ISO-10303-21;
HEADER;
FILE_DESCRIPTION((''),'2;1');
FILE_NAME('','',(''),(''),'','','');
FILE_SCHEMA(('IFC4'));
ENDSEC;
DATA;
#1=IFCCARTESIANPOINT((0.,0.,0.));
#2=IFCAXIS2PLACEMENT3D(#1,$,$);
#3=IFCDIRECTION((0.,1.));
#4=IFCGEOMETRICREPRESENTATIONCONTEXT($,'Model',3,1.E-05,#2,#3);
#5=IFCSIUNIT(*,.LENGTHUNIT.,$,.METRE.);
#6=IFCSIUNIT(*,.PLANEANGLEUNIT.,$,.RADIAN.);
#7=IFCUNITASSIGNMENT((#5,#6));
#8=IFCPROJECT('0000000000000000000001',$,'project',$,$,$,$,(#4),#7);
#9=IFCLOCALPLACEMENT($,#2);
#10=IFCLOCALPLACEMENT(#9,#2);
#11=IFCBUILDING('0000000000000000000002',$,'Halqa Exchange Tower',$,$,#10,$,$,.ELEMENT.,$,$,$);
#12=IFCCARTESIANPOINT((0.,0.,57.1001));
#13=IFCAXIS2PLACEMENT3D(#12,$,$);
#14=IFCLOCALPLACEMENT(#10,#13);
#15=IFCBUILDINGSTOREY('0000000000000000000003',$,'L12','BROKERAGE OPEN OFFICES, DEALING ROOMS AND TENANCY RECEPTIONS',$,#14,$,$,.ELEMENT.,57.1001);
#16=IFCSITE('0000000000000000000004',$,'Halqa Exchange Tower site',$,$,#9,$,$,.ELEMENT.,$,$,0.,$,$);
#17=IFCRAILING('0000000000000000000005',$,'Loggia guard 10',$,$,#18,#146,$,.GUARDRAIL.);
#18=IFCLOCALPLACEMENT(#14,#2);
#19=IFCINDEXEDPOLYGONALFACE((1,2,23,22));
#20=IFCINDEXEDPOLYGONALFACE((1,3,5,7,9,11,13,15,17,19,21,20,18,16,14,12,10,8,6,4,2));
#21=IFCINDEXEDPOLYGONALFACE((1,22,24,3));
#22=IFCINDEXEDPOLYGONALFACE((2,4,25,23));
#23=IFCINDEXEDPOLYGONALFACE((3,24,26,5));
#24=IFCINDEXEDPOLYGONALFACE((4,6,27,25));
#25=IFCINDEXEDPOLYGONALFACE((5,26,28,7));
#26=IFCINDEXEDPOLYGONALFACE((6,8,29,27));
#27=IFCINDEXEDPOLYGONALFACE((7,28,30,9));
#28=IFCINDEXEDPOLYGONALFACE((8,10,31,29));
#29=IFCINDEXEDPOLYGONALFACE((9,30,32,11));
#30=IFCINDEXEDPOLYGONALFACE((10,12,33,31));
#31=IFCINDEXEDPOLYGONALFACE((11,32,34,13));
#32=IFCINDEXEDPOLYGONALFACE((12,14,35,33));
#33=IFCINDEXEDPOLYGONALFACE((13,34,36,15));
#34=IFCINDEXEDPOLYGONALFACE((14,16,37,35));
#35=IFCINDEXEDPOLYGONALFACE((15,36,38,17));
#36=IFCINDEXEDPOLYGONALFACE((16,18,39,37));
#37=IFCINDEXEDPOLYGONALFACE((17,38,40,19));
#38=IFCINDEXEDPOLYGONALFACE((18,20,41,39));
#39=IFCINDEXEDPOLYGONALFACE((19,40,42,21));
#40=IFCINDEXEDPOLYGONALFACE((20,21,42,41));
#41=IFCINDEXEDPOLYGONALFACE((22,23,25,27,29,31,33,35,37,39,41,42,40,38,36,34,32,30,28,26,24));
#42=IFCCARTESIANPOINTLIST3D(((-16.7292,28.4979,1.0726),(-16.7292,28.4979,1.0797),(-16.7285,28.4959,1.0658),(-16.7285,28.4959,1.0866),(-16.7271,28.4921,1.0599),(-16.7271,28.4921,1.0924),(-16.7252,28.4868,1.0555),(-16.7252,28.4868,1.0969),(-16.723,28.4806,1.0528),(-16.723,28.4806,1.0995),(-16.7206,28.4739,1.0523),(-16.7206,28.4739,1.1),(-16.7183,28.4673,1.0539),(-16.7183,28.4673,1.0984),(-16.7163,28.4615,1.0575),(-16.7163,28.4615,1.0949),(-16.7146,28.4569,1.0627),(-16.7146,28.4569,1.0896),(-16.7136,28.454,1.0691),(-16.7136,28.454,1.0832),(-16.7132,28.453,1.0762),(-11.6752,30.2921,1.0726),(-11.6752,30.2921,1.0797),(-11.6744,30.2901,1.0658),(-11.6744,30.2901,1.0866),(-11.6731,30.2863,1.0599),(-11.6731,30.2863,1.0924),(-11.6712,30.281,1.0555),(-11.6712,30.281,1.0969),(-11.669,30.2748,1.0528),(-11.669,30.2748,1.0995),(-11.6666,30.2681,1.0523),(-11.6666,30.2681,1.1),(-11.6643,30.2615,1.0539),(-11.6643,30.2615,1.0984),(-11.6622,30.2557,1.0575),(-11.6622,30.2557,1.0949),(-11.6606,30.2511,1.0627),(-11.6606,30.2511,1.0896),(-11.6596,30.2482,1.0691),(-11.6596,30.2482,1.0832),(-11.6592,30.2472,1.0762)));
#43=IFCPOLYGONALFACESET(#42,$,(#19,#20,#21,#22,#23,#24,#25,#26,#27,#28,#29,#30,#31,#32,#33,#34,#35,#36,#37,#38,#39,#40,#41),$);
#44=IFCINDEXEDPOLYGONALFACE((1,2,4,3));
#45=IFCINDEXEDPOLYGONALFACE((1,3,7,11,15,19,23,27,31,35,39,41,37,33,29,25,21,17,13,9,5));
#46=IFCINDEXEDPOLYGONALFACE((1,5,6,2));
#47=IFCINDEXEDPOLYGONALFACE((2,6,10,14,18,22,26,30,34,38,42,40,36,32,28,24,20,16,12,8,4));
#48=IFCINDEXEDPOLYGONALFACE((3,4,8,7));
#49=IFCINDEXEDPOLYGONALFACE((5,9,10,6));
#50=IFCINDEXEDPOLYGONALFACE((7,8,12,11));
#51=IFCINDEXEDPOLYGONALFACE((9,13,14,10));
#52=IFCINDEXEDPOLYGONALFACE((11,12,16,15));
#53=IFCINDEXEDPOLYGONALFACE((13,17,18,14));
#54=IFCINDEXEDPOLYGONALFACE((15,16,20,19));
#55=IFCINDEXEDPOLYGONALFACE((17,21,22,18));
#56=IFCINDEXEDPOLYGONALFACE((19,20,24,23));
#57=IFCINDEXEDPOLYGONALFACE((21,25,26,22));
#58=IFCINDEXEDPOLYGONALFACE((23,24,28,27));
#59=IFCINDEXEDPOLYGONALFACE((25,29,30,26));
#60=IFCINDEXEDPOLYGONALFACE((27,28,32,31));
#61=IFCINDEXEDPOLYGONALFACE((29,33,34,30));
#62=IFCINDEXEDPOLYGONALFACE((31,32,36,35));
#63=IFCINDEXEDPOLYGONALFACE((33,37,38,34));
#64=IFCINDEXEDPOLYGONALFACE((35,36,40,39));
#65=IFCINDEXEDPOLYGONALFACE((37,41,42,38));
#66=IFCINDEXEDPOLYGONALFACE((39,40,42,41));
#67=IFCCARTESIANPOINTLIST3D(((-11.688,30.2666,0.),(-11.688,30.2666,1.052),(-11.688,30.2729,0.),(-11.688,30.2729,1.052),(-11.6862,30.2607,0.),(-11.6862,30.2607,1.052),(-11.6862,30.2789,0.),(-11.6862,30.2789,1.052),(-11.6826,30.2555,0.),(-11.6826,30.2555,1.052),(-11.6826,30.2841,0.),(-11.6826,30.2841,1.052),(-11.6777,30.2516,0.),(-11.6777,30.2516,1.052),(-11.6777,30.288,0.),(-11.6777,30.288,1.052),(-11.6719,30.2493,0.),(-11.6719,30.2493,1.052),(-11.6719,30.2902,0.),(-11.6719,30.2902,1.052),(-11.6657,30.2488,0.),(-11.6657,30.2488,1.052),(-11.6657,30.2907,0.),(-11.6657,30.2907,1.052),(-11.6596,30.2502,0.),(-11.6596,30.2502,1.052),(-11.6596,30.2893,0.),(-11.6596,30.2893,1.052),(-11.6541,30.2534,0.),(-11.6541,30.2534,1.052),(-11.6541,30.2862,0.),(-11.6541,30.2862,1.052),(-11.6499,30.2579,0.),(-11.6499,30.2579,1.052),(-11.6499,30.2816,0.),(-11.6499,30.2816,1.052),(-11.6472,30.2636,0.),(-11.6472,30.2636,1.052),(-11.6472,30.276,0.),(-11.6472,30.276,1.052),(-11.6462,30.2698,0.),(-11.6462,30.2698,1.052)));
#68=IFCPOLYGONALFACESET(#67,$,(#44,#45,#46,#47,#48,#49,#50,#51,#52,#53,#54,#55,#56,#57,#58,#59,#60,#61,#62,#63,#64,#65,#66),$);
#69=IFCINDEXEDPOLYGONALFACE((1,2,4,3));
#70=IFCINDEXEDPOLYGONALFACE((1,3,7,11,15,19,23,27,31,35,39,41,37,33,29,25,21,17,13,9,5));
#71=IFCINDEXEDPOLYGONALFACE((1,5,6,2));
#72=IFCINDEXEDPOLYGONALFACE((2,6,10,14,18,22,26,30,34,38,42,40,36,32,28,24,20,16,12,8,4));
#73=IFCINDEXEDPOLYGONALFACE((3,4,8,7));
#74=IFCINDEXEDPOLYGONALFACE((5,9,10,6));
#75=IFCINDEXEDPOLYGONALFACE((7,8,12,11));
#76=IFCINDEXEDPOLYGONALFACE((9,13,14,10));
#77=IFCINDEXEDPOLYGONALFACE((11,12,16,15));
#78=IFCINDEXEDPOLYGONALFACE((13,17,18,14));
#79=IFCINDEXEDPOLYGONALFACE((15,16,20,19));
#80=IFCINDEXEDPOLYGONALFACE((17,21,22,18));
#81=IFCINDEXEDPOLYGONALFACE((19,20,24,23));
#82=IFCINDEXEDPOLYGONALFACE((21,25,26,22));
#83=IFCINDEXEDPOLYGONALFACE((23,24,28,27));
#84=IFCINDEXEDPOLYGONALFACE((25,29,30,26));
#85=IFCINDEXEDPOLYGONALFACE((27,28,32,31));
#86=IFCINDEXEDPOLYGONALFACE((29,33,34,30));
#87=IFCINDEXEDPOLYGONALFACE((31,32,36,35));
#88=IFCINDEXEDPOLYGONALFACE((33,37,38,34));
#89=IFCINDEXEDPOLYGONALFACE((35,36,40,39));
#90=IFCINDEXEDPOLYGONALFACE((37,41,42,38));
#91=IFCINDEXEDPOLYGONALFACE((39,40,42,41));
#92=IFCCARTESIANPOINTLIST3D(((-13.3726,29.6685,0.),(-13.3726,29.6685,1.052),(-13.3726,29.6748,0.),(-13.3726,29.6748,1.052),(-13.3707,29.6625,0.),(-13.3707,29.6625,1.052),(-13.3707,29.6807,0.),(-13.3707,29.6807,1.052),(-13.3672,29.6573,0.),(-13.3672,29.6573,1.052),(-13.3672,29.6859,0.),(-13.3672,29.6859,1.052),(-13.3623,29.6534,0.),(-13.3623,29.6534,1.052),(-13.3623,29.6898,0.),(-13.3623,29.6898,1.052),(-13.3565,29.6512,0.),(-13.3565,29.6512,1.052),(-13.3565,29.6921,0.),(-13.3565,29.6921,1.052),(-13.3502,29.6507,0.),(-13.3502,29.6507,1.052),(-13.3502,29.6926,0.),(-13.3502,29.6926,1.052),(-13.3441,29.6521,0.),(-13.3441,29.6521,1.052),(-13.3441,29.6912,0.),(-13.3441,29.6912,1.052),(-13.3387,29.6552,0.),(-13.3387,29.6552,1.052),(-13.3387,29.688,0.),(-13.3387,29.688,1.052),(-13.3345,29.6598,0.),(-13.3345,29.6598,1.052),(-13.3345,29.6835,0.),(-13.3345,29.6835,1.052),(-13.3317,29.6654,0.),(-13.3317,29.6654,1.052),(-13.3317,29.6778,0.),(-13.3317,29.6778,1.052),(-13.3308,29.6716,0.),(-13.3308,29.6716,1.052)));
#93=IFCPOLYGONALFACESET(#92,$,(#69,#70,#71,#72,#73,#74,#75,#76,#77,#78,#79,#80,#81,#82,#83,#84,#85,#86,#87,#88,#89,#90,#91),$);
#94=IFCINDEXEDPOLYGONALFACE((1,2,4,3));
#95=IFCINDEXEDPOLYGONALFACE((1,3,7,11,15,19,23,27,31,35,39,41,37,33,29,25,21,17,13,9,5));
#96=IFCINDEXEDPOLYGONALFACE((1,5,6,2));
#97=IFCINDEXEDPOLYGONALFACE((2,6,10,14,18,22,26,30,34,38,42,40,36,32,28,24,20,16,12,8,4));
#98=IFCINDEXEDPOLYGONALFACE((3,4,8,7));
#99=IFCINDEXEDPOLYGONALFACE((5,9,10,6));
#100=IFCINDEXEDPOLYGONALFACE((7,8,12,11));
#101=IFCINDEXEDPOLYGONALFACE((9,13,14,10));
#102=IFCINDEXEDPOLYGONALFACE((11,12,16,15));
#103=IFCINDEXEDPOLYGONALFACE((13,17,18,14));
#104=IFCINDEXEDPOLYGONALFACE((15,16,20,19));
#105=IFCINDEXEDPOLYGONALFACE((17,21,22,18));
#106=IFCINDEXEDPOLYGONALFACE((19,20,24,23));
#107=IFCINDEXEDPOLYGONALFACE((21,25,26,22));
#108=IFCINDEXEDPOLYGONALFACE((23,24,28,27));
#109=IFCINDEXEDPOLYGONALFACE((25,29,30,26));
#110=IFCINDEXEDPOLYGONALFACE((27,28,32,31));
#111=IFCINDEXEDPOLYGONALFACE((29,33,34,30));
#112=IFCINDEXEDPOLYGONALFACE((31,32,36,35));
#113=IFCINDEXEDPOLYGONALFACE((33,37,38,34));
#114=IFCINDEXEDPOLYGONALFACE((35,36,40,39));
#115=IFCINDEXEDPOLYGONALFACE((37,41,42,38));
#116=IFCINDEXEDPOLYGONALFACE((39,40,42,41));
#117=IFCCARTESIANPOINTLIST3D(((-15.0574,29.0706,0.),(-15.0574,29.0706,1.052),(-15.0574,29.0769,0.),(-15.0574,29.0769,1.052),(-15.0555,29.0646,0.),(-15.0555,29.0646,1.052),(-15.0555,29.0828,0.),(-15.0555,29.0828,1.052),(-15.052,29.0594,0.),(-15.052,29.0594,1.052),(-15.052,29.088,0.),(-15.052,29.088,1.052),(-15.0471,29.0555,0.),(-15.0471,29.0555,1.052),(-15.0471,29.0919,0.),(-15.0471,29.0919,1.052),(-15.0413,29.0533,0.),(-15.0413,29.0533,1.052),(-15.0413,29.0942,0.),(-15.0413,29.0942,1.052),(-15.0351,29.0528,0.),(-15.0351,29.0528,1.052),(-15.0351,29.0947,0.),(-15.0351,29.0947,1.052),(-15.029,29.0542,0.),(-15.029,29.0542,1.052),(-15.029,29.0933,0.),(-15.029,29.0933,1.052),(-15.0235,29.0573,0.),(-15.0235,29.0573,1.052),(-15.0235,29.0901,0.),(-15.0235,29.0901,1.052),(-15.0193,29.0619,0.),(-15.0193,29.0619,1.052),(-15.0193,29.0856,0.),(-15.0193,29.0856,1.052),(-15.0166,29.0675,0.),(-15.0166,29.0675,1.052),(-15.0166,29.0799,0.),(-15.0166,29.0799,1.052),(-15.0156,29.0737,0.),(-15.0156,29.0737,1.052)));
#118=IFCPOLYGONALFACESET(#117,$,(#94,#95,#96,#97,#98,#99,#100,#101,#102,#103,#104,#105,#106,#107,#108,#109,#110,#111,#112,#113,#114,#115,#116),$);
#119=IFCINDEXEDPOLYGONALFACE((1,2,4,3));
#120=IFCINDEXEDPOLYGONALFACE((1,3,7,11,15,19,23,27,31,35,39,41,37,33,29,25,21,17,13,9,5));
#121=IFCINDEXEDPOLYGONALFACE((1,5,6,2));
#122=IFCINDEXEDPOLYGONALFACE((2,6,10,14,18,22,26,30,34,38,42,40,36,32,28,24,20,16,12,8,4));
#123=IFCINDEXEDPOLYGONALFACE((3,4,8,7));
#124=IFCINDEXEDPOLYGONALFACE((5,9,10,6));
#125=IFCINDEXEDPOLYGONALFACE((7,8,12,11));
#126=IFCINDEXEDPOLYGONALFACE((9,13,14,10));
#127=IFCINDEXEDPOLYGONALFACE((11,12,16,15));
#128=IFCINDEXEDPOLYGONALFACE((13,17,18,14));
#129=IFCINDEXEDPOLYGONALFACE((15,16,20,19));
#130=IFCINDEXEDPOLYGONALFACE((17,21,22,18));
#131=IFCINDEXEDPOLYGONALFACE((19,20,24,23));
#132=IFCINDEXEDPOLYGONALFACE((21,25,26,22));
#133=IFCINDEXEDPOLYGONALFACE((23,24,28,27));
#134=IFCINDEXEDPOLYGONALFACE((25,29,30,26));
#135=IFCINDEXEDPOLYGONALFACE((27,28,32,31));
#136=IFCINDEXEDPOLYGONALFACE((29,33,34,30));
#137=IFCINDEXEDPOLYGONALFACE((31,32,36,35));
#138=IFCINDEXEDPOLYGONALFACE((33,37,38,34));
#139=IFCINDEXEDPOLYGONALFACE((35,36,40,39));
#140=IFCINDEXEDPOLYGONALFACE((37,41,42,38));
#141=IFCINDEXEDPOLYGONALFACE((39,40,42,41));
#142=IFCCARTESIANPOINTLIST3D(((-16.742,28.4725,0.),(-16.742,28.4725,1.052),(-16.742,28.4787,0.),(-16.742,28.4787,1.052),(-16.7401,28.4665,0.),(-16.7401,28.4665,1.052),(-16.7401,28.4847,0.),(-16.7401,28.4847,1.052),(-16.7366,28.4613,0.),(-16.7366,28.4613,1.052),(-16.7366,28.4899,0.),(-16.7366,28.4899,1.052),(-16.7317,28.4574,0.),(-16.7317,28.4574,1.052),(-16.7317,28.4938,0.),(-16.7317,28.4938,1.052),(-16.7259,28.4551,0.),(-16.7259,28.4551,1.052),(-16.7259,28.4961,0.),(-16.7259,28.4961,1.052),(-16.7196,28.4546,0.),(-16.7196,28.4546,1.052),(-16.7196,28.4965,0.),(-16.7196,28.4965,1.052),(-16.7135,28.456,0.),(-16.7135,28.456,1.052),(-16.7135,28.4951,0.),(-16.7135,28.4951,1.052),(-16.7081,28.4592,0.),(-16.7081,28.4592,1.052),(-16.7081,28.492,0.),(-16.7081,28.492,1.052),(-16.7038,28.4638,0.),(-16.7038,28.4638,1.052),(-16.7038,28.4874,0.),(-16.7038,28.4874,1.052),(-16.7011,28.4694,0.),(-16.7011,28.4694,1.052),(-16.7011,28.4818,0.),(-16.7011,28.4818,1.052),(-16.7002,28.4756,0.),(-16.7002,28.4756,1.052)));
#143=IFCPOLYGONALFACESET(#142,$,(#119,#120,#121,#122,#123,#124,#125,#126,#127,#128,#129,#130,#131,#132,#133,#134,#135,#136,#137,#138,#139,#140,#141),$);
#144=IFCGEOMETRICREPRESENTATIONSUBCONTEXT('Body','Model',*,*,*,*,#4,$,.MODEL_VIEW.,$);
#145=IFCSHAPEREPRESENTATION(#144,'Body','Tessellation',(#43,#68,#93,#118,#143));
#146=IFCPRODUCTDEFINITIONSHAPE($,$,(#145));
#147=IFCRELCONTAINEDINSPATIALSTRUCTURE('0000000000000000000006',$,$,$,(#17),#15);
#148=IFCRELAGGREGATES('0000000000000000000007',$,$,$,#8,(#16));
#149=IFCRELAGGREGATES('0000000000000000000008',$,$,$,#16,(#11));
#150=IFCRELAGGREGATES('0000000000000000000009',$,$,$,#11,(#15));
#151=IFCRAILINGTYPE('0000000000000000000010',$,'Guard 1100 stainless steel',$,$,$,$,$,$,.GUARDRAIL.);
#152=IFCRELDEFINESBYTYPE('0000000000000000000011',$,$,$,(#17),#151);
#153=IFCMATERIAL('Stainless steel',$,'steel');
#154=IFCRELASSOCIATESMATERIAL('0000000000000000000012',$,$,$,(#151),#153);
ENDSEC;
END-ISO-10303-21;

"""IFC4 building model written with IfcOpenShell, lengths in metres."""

from ifc_helpers import new_model, si_unit, direction, frame, origin, origin_2d, place, context, subcontext, project, spatial, circle, extrude, material, type_object, element, save


model = new_model("IFC4")

# Units and contexts
model_context = context("Model", 3, precision=1e-05, world=origin(), true_north=direction((0.0, 1.0)))
body_context = subcontext(model_context, "Body", "Model", "MODEL_VIEW")
ifc_project = project(units=[si_unit("LENGTHUNIT", "METRE"), si_unit("PLANEANGLEUNIT", "RADIAN")], contexts=[model_context])

# Site, building, storey
site_placement = place(None, origin())
site = spatial("IfcSite", under=ifc_project, at=site_placement, Name="Halqa Exchange Tower site", CompositionType="ELEMENT", RefElevation=0.0)
building_placement = place(site_placement, origin())
building = spatial("IfcBuilding", under=site, at=building_placement, Name="Halqa Exchange Tower", CompositionType="ELEMENT")
storey_placement = place(building_placement, frame((0.0, 0.0, 57.1001)))
storey = spatial("IfcBuildingStorey", under=building, at=storey_placement, Name="L12", Description="BROKERAGE OPEN OFFICES, DEALING ROOMS AND TENANCY RECEPTIONS", CompositionType="ELEMENT", Elevation=57.1001)

# Railing
ifc_material_1 = material(Name="Stainless steel", Category="steel")
railing_type_1 = type_object("IfcRailingType", Name="Guard 1100 stainless steel", PredefinedType="GUARDRAIL", material=ifc_material_1)
railing_1_placement = place(storey_placement, frame((-11.6672, 30.2698, 0.0)))
element("IfcRailing", 1, at=railing_1_placement, inside=storey, type_object=railing_type_1, Name="Loggia guard 10", PredefinedType="GUARDRAIL", context=body_context, shape_type="SweptSolid", body=[
    extrude(circle(Radius=0.0239, at=origin_2d()), frame((0.0, 0.0, 1.0762), z_axis=(-0.942378, -0.334551, 0.0), x_axis=(0.334551, -0.942378, 0.0)), (0.0, 0.0, 1.0), 5.363),
    extrude(circle(Radius=0.021, at=origin_2d()), origin(), (0.0, 0.0, 1.0), 1.052),
    extrude(circle(Radius=0.021, at=origin_2d()), frame((-1.6846, -0.5981, 0.0)), (0.0, 0.0, 1.0), 1.052),
    extrude(circle(Radius=0.021, at=origin_2d()), frame((-3.3694, -1.196, 0.0)), (0.0, 0.0, 1.0), 1.052),
    extrude(circle(Radius=0.021, at=origin_2d()), frame((-5.054, -1.7942, 0.0)), (0.0, 0.0, 1.0), 1.052),
])

save(model, "model.ifc")
